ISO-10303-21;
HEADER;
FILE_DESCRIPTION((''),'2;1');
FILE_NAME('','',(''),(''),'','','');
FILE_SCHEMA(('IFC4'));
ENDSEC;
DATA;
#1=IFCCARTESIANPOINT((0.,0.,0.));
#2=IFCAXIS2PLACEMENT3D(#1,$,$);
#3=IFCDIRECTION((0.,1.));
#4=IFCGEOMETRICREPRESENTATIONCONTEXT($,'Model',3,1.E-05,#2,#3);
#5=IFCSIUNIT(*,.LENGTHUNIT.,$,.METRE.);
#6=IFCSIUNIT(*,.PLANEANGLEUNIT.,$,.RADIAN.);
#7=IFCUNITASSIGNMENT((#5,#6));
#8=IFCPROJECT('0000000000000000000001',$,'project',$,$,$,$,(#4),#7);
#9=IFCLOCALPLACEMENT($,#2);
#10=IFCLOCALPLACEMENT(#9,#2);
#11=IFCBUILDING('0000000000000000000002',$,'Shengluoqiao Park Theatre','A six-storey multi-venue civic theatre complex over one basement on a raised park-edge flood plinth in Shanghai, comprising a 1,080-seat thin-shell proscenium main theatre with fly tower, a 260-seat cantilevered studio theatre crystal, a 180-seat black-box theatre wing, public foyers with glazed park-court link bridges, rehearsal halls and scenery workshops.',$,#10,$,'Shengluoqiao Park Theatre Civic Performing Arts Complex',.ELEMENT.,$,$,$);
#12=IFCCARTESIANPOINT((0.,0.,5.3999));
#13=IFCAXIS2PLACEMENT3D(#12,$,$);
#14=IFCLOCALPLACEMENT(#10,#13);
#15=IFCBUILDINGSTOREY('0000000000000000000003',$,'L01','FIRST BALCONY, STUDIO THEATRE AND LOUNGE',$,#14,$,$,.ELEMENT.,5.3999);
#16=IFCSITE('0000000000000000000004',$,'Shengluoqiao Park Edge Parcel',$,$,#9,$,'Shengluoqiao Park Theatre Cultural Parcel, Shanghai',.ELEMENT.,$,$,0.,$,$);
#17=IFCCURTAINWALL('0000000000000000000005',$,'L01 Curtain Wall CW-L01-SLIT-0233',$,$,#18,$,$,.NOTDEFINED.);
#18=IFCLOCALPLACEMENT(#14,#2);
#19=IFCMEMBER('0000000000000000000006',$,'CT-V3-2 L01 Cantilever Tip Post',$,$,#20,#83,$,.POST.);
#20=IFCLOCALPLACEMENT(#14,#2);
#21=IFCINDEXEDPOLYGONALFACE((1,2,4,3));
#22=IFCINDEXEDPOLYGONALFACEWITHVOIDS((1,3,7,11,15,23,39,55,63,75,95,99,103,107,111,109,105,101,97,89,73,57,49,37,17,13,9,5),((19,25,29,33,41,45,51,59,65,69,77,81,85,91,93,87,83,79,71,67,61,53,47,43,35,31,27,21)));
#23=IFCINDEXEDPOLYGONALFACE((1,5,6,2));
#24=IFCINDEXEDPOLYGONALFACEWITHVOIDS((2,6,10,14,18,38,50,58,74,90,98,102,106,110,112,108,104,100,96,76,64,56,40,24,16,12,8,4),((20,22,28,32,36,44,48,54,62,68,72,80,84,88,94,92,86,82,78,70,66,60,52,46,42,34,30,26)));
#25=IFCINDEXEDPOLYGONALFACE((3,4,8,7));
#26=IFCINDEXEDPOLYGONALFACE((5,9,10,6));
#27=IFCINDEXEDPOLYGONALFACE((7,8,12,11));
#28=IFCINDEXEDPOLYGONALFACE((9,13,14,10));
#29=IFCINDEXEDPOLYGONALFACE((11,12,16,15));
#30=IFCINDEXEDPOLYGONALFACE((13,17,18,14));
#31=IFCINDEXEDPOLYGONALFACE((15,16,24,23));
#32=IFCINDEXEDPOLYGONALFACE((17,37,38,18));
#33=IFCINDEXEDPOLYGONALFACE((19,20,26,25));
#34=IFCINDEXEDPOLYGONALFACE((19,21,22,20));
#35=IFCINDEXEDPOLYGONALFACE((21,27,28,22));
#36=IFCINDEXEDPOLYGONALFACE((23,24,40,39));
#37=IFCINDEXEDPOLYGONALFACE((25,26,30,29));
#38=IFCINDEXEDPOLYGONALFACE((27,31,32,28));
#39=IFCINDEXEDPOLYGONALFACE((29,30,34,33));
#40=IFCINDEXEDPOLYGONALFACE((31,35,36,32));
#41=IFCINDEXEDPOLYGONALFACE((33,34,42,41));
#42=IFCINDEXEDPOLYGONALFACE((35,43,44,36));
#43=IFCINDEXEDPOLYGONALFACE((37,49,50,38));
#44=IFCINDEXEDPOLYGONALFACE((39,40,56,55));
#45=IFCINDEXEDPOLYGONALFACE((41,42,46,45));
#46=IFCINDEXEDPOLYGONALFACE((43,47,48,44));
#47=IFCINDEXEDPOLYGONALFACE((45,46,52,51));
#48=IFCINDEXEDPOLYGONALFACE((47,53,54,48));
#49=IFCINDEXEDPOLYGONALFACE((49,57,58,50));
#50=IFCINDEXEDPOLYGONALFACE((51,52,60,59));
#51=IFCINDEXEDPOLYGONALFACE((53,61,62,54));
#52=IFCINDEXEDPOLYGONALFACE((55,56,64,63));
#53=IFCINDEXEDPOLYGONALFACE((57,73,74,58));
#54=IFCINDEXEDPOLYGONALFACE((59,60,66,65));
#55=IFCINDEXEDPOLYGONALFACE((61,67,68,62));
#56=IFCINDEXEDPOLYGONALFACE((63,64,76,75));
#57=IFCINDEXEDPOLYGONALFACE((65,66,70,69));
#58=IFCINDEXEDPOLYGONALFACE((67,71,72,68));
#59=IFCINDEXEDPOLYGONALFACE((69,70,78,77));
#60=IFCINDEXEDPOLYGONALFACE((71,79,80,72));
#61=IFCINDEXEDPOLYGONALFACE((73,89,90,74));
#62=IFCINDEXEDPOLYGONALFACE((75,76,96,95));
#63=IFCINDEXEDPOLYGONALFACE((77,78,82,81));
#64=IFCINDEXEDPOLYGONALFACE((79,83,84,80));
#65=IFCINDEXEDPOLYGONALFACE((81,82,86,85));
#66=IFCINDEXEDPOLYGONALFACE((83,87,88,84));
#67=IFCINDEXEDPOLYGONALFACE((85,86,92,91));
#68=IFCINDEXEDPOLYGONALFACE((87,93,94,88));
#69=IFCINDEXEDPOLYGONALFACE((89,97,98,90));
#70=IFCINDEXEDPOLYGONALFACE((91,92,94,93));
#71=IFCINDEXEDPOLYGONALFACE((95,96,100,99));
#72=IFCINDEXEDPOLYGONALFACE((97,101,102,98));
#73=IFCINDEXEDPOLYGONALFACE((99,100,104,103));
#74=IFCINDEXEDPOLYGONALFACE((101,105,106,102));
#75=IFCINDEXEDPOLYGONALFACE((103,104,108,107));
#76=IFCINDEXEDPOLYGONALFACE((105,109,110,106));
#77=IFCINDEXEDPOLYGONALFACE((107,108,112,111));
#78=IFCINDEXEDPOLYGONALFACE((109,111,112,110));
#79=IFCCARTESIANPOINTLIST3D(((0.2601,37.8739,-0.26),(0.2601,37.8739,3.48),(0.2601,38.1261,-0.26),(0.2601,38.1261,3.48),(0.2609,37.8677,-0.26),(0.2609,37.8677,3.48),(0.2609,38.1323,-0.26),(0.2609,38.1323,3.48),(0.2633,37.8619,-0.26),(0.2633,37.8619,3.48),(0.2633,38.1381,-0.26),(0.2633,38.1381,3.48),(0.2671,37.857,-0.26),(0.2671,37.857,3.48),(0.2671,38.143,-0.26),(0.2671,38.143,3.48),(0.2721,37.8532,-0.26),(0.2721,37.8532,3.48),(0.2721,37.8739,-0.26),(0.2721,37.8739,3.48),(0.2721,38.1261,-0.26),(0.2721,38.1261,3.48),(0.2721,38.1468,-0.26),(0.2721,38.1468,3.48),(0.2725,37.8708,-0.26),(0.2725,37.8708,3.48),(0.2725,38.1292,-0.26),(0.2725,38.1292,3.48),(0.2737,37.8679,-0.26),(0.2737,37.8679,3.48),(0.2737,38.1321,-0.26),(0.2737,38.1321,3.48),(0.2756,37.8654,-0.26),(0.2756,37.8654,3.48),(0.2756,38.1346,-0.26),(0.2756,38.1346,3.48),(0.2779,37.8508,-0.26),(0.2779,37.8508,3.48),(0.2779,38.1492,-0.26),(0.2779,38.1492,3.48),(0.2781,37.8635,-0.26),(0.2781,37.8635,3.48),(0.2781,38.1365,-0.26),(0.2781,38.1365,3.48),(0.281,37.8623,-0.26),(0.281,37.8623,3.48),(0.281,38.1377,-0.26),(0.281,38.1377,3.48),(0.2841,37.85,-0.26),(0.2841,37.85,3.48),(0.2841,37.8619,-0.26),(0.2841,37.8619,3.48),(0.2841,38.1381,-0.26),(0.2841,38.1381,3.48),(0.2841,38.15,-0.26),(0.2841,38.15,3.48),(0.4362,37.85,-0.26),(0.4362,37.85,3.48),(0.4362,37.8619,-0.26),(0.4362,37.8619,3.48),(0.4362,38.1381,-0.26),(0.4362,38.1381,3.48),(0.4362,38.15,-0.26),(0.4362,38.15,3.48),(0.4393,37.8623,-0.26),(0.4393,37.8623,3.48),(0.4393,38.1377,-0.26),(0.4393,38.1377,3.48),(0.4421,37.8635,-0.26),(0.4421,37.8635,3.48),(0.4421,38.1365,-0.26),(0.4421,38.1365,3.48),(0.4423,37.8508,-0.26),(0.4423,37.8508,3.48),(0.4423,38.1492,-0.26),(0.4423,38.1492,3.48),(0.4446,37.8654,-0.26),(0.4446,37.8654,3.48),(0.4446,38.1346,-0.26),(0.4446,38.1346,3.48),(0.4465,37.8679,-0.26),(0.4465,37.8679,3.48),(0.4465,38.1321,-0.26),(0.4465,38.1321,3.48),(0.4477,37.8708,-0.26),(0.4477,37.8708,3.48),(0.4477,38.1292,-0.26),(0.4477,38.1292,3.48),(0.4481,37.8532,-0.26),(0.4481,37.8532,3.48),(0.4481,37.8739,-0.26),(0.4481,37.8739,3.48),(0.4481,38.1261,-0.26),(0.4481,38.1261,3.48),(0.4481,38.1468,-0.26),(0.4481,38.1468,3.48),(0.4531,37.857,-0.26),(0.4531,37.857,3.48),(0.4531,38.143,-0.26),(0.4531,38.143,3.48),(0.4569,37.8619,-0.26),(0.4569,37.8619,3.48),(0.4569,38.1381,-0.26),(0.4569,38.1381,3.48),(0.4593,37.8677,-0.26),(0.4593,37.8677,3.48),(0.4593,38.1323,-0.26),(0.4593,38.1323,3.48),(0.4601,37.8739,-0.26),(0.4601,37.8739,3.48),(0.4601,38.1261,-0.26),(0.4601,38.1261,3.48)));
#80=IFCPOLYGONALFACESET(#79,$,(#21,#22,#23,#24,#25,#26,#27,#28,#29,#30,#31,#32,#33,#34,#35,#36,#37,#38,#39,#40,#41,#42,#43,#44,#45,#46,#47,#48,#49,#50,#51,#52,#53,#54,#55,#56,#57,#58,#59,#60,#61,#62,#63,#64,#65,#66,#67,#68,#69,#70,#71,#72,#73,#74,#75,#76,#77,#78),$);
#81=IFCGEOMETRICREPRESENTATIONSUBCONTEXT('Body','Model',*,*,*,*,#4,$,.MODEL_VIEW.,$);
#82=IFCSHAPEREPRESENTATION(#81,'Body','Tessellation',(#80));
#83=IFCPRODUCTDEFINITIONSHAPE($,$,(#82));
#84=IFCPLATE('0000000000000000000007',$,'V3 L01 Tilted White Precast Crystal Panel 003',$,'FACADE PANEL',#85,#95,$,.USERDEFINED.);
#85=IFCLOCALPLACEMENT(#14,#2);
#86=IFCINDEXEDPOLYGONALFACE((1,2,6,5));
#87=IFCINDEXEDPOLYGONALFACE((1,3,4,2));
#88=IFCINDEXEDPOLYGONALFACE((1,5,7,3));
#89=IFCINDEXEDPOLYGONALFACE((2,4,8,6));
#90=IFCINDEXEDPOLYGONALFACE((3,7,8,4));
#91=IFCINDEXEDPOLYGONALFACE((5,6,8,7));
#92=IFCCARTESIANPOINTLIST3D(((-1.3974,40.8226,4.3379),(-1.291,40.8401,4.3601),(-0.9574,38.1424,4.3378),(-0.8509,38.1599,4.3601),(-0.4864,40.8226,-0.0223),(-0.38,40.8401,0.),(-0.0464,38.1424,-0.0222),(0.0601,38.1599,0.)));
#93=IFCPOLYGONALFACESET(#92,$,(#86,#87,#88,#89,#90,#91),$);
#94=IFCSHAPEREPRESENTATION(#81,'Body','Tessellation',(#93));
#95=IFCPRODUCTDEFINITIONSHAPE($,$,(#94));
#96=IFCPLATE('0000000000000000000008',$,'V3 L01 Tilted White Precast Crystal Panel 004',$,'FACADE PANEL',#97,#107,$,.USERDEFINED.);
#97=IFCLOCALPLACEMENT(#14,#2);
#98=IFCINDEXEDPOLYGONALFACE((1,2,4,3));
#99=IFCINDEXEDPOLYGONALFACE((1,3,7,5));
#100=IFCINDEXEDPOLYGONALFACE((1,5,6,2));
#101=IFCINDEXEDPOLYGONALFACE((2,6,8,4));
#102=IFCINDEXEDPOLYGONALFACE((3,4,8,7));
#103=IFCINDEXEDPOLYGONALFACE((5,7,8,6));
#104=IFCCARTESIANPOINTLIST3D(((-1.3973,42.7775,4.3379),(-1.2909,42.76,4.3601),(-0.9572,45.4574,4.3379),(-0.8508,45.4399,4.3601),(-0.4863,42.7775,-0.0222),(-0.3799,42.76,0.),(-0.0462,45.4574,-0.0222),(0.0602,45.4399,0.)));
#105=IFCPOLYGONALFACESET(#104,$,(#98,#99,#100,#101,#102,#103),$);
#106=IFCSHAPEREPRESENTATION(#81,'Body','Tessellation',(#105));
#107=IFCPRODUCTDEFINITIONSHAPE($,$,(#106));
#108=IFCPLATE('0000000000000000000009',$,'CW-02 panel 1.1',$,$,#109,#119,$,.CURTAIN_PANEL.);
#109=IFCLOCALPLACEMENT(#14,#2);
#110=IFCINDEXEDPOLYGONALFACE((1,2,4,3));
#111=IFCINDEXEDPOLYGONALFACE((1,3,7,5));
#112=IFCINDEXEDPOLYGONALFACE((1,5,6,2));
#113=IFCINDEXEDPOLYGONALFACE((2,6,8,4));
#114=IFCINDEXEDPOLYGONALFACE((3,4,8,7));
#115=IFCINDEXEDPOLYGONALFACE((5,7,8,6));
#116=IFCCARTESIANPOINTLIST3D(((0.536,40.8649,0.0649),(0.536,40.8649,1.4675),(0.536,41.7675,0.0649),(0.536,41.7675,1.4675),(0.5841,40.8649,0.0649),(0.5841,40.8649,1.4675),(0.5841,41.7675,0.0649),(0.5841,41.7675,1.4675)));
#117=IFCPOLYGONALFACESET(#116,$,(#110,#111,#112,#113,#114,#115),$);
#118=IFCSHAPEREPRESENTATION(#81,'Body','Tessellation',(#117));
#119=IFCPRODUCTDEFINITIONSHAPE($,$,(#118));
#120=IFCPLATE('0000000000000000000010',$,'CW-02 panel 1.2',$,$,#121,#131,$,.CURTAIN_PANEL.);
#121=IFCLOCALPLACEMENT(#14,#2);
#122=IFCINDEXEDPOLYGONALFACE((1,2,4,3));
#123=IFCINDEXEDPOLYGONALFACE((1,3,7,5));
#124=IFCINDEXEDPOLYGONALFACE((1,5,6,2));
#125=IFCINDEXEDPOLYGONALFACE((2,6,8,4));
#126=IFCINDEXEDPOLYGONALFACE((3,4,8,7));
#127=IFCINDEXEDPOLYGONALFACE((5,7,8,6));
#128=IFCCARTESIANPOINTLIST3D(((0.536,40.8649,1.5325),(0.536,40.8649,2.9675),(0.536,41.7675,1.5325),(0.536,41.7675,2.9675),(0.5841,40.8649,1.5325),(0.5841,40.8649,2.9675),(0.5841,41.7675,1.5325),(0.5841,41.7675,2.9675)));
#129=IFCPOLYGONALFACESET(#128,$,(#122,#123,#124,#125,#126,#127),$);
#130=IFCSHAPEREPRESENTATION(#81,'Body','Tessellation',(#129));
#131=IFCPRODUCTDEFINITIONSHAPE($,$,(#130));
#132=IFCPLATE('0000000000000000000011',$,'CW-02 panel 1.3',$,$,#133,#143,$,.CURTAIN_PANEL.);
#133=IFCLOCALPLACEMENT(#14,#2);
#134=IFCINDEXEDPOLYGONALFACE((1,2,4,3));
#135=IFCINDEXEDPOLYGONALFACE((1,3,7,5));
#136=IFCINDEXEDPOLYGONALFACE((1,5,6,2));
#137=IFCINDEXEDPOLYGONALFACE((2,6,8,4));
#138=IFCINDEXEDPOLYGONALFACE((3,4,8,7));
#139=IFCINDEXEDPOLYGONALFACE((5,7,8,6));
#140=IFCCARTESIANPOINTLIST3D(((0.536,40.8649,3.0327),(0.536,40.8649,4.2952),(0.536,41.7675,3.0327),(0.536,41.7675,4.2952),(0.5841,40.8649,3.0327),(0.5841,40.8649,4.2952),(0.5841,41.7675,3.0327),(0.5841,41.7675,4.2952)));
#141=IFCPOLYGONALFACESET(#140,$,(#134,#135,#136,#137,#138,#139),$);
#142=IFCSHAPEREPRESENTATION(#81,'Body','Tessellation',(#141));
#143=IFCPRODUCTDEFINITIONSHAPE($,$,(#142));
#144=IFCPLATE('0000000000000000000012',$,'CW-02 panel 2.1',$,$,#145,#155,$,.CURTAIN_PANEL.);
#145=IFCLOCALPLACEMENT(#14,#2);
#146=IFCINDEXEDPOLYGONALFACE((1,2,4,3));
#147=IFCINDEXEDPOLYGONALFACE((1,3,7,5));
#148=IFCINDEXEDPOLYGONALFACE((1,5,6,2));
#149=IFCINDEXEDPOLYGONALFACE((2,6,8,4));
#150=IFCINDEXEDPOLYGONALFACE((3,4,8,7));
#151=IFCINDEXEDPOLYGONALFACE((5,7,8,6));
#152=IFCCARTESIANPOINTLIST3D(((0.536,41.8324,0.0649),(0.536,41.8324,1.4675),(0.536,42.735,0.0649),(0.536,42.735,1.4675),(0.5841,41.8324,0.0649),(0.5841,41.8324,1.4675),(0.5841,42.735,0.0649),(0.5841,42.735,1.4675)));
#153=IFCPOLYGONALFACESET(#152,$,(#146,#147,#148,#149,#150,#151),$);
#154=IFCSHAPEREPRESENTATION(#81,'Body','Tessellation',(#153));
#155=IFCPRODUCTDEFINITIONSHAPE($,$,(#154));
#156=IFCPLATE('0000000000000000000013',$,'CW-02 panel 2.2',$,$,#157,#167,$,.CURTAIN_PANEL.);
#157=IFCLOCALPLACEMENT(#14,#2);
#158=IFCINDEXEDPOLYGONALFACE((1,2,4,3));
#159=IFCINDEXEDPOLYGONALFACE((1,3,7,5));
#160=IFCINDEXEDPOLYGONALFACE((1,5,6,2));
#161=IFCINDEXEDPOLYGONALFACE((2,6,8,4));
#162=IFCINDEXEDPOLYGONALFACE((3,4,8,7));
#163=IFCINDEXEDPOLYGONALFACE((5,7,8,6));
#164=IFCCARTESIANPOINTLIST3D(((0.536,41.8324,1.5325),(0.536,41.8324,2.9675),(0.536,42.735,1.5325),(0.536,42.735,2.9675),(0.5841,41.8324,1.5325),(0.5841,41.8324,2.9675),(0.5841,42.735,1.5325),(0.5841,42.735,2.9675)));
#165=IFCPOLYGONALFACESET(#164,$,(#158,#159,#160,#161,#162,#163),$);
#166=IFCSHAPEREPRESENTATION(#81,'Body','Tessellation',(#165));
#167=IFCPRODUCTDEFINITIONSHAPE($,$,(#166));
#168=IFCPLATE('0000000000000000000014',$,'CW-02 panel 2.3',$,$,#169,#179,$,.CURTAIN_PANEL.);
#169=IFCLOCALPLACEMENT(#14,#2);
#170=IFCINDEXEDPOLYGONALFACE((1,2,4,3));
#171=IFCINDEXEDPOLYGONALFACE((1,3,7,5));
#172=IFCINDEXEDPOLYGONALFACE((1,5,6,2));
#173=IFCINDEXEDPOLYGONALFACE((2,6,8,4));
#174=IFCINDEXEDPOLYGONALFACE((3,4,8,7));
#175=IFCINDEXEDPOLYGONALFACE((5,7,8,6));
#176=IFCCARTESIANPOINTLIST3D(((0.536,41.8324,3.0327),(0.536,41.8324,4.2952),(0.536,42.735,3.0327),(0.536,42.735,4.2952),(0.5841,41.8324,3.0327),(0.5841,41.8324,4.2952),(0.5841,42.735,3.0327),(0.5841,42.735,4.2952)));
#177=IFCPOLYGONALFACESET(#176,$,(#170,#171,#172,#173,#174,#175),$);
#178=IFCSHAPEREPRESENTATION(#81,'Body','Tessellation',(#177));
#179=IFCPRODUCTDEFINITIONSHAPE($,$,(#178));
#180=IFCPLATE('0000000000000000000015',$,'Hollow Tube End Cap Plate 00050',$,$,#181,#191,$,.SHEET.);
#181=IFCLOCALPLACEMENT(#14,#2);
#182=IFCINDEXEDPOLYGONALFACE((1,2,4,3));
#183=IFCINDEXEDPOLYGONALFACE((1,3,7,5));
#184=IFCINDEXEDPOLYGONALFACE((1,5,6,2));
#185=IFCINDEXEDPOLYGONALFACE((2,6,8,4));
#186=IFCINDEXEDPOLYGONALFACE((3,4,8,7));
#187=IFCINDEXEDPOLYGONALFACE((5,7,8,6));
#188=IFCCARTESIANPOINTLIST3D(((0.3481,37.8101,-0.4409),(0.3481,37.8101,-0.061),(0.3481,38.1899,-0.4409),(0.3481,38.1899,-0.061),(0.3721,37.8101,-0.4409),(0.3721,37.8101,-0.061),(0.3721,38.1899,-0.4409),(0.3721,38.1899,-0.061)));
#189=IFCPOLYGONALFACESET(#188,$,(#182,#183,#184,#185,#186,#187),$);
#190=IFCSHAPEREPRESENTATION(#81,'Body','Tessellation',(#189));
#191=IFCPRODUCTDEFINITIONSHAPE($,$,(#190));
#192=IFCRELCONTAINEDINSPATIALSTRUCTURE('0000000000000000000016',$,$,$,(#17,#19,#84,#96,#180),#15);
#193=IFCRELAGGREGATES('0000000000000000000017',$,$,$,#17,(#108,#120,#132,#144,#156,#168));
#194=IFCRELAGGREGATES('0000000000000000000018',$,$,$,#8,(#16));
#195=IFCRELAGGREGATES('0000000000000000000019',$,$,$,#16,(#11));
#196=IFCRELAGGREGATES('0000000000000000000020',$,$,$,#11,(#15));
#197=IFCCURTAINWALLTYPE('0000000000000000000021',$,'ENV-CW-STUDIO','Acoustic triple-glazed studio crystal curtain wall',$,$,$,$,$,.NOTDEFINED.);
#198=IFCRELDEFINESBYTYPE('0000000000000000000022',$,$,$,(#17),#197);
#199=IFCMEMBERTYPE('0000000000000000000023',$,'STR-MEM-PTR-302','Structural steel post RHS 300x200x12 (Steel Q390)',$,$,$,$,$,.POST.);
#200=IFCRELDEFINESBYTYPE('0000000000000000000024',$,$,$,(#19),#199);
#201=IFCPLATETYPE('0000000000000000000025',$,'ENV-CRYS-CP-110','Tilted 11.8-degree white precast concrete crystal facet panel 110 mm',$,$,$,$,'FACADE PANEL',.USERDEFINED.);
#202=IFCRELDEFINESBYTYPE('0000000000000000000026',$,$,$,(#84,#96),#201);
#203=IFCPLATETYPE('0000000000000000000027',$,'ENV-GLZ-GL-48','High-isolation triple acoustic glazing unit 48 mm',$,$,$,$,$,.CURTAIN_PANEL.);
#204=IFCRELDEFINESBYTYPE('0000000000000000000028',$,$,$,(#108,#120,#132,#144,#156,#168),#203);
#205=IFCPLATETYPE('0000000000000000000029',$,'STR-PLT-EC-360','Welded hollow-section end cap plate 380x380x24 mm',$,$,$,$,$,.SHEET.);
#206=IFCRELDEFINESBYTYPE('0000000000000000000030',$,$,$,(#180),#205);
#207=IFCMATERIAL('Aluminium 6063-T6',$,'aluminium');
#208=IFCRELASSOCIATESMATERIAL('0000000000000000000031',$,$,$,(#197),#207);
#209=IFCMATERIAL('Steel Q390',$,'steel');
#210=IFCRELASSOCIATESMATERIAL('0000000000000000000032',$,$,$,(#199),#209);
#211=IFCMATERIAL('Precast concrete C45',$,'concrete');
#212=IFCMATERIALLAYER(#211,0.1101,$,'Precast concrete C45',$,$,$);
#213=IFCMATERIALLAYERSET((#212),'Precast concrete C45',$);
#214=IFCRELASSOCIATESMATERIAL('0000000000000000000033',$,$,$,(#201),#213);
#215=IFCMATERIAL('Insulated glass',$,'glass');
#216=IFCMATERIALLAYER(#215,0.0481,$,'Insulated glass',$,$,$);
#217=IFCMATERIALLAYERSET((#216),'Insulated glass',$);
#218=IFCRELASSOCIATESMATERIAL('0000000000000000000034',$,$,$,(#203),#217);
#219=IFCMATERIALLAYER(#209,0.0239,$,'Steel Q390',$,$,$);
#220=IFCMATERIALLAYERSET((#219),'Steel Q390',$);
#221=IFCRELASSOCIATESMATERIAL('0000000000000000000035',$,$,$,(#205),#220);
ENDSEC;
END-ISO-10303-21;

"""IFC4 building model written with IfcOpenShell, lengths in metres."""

from ifc_helpers import new_model, si_unit, direction, frame, origin, origin_2d, place, context, subcontext, project, spatial, polyline, rectangle, hollow_rectangle, outline, extrude, material, layer, layer_set, material_profile, profile_set, type_object, element, aggregate, save


model = new_model("IFC4")

# Units and contexts
model_context = context("Model", 3, precision=1e-05, world=origin(), true_north=direction((0.0, 1.0)))
body_context = subcontext(model_context, "Body", "Model", "MODEL_VIEW")
ifc_project = project(units=[si_unit("LENGTHUNIT", "METRE"), si_unit("PLANEANGLEUNIT", "RADIAN")], contexts=[model_context])

# Site, building, storey
site_placement = place(None, origin())
site = spatial("IfcSite", under=ifc_project, at=site_placement, Name="Shengluoqiao Park Edge Parcel", LongName="Shengluoqiao Park Theatre Cultural Parcel, Shanghai", CompositionType="ELEMENT", RefElevation=0.0)
building_placement = place(site_placement, origin())
building = spatial("IfcBuilding", under=site, at=building_placement, Name="Shengluoqiao Park Theatre", Description="A six-storey multi-venue civic theatre complex over one basement on a raised park-edge flood plinth in Shanghai, comprising a 1,080-seat thin-shell proscenium main theatre with fly tower, a 260-seat cantilevered studio theatre crystal, a 180-seat black-box theatre wing, public foyers with glazed park-court link bridges, rehearsal halls and scenery workshops.", LongName="Shengluoqiao Park Theatre Civic Performing Arts Complex", CompositionType="ELEMENT")
storey_placement = place(building_placement, frame((0.0, 0.0, 5.3999)))
storey = spatial("IfcBuildingStorey", under=building, at=storey_placement, Name="L01", Description="FIRST BALCONY, STUDIO THEATRE AND LOUNGE", CompositionType="ELEMENT", Elevation=5.3999)

# Curtain wall
ifc_material_1 = material(Name="Aluminium 6063-T6", Category="aluminium")
curtain_wall_type = type_object("IfcCurtainWallType", Name="ENV-CW-STUDIO", Description="Acoustic triple-glazed studio crystal curtain wall", PredefinedType="NOTDEFINED", material=ifc_material_1)
curtain_wall_placement = place(storey_placement, origin())
curtain_wall = element("IfcCurtainWall", 1, at=curtain_wall_placement, inside=storey, type_object=curtain_wall_type, Name="L01 Curtain Wall CW-L01-SLIT-0233", PredefinedType="NOTDEFINED")

# Shared definitions
ifc_material_2 = material(Name="Steel Q390", Category="steel")

# Member
ifc_material_profile_1 = material_profile(ifc_material_2, hollow_rectangle(XDim=0.2, YDim=0.3, WallThickness=0.012, InnerFilletRadius=0.012, OuterFilletRadius=0.0239, at=origin_2d()), Name="RHS 300x200x12")
ifc_profile_set_1 = profile_set([ifc_material_profile_1], Name="Steel Q390")
member_type_1 = type_object("IfcMemberType", Name="STR-MEM-PTR-302", Description="Structural steel post RHS 300x200x12 (Steel Q390)", PredefinedType="POST", material=ifc_profile_set_1)
member_1_placement = place(storey_placement, frame((0.3601, 38.0, -0.26), z_axis=(0.0, 0.0, 1.0), x_axis=(1.0, 0.0, 0.0)))
element("IfcMember", 2, at=member_1_placement, inside=storey, type_object=member_type_1, Name="CT-V3-2 L01 Cantilever Tip Post", PredefinedType="POST", context=body_context, shape_type="SweptSolid", body=[
    extrude(hollow_rectangle(XDim=0.2, YDim=0.3, WallThickness=0.012, InnerFilletRadius=0.012, OuterFilletRadius=0.0239, at=origin_2d()), origin(), (0.0, 0.0, 1.0), 3.74),
])

# Plates
ifc_material_3 = material(Name="Precast concrete C45", Category="concrete")
ifc_layer_1 = layer(ifc_material_3, 0.1101, Name="Precast concrete C45")
ifc_layer_set_1 = layer_set([ifc_layer_1], Name="Precast concrete C45")
plate_type_1 = type_object("IfcPlateType", Name="ENV-CRYS-CP-110", Description="Tilted 11.8-degree white precast concrete crystal facet panel 110 mm", ElementType="FACADE PANEL", PredefinedType="USERDEFINED", material=ifc_layer_set_1)
plate_1_placement = place(storey_placement, frame((0.0601, 38.1599, 0.0), z_axis=(0.966458, 0.158685, 0.201934), x_axis=(-0.162021, 0.986787, -0.000009)))
element("IfcPlate", 3, at=plate_1_placement, inside=storey, type_object=plate_type_1, Name="V3 L01 Tilted White Precast Crystal Panel 003", ObjectType="FACADE PANEL", PredefinedType="USERDEFINED", context=body_context, shape_type="SweptSolid", body=[
    extrude(outline(polyline([(0.0, 0.0), (2.716, 0.0), (2.8636, 4.4518), (0.1475, 4.4518), (0.0, 0.0)])), origin(), (0.0, 0.0, -1.0), 0.1101),
])
plate_2_placement = place(storey_placement, frame((-0.3799, 42.76, 0.0), z_axis=(0.966456, -0.158699, 0.201934), x_axis=(0.162035, 0.986785, 0.000009)))
element("IfcPlate", 4, at=plate_2_placement, inside=storey, type_object=plate_type_1, Name="V3 L01 Tilted White Precast Crystal Panel 004", ObjectType="FACADE PANEL", PredefinedType="USERDEFINED", context=body_context, shape_type="SweptSolid", body=[
    extrude(outline(polyline([(0.0, 0.0), (2.7158, 0.0), (2.5682, 4.4518), (-0.1476, 4.4518), (0.0, 0.0)])), origin(), (0.0, 0.0, -1.0), 0.1101),
])

# Plates
ifc_material_4 = material(Name="Insulated glass", Category="glass")
ifc_layer_2 = layer(ifc_material_4, 0.0481, Name="Insulated glass")
ifc_layer_set_2 = layer_set([ifc_layer_2], Name="Insulated glass")
plate_type_2 = type_object("IfcPlateType", Name="ENV-GLZ-GL-48", Description="High-isolation triple acoustic glazing unit 48 mm", PredefinedType="CURTAIN_PANEL", material=ifc_layer_set_2)
plate_3_placement = place(storey_placement, frame((0.5601, 41.3162, 0.0649), z_axis=(0.0, 0.0, 1.0), x_axis=(0.0, 1.0, 0.0)))
plate_3 = element("IfcPlate", 5, at=plate_3_placement, type_object=plate_type_2, Name="CW-02 panel 1.1", PredefinedType="CURTAIN_PANEL", context=body_context, shape_type="SweptSolid", body=[
    extrude(rectangle(XDim=0.9026, YDim=0.0481, at=origin_2d()), origin(), (0.0, 0.0, 1.0), 1.4026),
])
plate_4_placement = place(storey_placement, frame((0.5601, 41.3162, 1.5325), z_axis=(0.0, 0.0, 1.0), x_axis=(0.0, 1.0, 0.0)))
plate_4 = element("IfcPlate", 6, at=plate_4_placement, type_object=plate_type_2, Name="CW-02 panel 1.2", PredefinedType="CURTAIN_PANEL", context=body_context, shape_type="SweptSolid", body=[
    extrude(rectangle(XDim=0.9026, YDim=0.0481, at=origin_2d()), origin(), (0.0, 0.0, 1.0), 1.4351),
])
plate_5_placement = place(storey_placement, frame((0.5601, 41.3162, 3.0327), z_axis=(0.0, 0.0, 1.0), x_axis=(0.0, 1.0, 0.0)))
plate_5 = element("IfcPlate", 7, at=plate_5_placement, type_object=plate_type_2, Name="CW-02 panel 1.3", PredefinedType="CURTAIN_PANEL", context=body_context, shape_type="SweptSolid", body=[
    extrude(rectangle(XDim=0.9026, YDim=0.0481, at=origin_2d()), origin(), (0.0, 0.0, 1.0), 1.2625),
])
plate_6_placement = place(storey_placement, frame((0.5601, 42.2837, 0.0649), z_axis=(0.0, 0.0, 1.0), x_axis=(0.0, 1.0, 0.0)))
plate_6 = element("IfcPlate", 8, at=plate_6_placement, type_object=plate_type_2, Name="CW-02 panel 2.1", PredefinedType="CURTAIN_PANEL", context=body_context, shape_type="SweptSolid", body=[
    extrude(rectangle(XDim=0.9026, YDim=0.0481, at=origin_2d()), origin(), (0.0, 0.0, 1.0), 1.4026),
])
plate_7_placement = place(storey_placement, frame((0.5601, 42.2837, 1.5325), z_axis=(0.0, 0.0, 1.0), x_axis=(0.0, 1.0, 0.0)))
plate_7 = element("IfcPlate", 9, at=plate_7_placement, type_object=plate_type_2, Name="CW-02 panel 2.2", PredefinedType="CURTAIN_PANEL", context=body_context, shape_type="SweptSolid", body=[
    extrude(rectangle(XDim=0.9026, YDim=0.0481, at=origin_2d()), origin(), (0.0, 0.0, 1.0), 1.4351),
])
plate_8_placement = place(storey_placement, frame((0.5601, 42.2837, 3.0327), z_axis=(0.0, 0.0, 1.0), x_axis=(0.0, 1.0, 0.0)))
plate_8 = element("IfcPlate", 10, at=plate_8_placement, type_object=plate_type_2, Name="CW-02 panel 2.3", PredefinedType="CURTAIN_PANEL", context=body_context, shape_type="SweptSolid", body=[
    extrude(rectangle(XDim=0.9026, YDim=0.0481, at=origin_2d()), origin(), (0.0, 0.0, 1.0), 1.2625),
])
aggregate(curtain_wall, [plate_3, plate_4, plate_5, plate_6, plate_7, plate_8])

# Plate
ifc_layer_3 = layer(ifc_material_2, 0.0239, Name="Steel Q390")
ifc_layer_set_3 = layer_set([ifc_layer_3], Name="Steel Q390")
plate_type_3 = type_object("IfcPlateType", Name="STR-PLT-EC-360", Description="Welded hollow-section end cap plate 380x380x24 mm", PredefinedType="SHEET", material=ifc_layer_set_3)
for number, where, z_axis, x_axis, name in (
    (11, (0.3601, 38.0, -0.4409), (0.0, 0.0, 1.0), (1.0, 0.0, 0.0), "Hollow Tube End Cap Plate 00050"),
):
    element("IfcPlate", number, at=place(storey_placement, frame(where, z_axis=z_axis, x_axis=x_axis)), inside=storey, type_object=plate_type_3, Name=name, PredefinedType="SHEET", context=body_context, shape_type="SweptSolid", body=[
        extrude(rectangle(XDim=0.0239, YDim=0.3799, at=origin_2d()), origin(), (0.0, 0.0, 1.0), 0.3799),
    ])

save(model, "model.ifc")
